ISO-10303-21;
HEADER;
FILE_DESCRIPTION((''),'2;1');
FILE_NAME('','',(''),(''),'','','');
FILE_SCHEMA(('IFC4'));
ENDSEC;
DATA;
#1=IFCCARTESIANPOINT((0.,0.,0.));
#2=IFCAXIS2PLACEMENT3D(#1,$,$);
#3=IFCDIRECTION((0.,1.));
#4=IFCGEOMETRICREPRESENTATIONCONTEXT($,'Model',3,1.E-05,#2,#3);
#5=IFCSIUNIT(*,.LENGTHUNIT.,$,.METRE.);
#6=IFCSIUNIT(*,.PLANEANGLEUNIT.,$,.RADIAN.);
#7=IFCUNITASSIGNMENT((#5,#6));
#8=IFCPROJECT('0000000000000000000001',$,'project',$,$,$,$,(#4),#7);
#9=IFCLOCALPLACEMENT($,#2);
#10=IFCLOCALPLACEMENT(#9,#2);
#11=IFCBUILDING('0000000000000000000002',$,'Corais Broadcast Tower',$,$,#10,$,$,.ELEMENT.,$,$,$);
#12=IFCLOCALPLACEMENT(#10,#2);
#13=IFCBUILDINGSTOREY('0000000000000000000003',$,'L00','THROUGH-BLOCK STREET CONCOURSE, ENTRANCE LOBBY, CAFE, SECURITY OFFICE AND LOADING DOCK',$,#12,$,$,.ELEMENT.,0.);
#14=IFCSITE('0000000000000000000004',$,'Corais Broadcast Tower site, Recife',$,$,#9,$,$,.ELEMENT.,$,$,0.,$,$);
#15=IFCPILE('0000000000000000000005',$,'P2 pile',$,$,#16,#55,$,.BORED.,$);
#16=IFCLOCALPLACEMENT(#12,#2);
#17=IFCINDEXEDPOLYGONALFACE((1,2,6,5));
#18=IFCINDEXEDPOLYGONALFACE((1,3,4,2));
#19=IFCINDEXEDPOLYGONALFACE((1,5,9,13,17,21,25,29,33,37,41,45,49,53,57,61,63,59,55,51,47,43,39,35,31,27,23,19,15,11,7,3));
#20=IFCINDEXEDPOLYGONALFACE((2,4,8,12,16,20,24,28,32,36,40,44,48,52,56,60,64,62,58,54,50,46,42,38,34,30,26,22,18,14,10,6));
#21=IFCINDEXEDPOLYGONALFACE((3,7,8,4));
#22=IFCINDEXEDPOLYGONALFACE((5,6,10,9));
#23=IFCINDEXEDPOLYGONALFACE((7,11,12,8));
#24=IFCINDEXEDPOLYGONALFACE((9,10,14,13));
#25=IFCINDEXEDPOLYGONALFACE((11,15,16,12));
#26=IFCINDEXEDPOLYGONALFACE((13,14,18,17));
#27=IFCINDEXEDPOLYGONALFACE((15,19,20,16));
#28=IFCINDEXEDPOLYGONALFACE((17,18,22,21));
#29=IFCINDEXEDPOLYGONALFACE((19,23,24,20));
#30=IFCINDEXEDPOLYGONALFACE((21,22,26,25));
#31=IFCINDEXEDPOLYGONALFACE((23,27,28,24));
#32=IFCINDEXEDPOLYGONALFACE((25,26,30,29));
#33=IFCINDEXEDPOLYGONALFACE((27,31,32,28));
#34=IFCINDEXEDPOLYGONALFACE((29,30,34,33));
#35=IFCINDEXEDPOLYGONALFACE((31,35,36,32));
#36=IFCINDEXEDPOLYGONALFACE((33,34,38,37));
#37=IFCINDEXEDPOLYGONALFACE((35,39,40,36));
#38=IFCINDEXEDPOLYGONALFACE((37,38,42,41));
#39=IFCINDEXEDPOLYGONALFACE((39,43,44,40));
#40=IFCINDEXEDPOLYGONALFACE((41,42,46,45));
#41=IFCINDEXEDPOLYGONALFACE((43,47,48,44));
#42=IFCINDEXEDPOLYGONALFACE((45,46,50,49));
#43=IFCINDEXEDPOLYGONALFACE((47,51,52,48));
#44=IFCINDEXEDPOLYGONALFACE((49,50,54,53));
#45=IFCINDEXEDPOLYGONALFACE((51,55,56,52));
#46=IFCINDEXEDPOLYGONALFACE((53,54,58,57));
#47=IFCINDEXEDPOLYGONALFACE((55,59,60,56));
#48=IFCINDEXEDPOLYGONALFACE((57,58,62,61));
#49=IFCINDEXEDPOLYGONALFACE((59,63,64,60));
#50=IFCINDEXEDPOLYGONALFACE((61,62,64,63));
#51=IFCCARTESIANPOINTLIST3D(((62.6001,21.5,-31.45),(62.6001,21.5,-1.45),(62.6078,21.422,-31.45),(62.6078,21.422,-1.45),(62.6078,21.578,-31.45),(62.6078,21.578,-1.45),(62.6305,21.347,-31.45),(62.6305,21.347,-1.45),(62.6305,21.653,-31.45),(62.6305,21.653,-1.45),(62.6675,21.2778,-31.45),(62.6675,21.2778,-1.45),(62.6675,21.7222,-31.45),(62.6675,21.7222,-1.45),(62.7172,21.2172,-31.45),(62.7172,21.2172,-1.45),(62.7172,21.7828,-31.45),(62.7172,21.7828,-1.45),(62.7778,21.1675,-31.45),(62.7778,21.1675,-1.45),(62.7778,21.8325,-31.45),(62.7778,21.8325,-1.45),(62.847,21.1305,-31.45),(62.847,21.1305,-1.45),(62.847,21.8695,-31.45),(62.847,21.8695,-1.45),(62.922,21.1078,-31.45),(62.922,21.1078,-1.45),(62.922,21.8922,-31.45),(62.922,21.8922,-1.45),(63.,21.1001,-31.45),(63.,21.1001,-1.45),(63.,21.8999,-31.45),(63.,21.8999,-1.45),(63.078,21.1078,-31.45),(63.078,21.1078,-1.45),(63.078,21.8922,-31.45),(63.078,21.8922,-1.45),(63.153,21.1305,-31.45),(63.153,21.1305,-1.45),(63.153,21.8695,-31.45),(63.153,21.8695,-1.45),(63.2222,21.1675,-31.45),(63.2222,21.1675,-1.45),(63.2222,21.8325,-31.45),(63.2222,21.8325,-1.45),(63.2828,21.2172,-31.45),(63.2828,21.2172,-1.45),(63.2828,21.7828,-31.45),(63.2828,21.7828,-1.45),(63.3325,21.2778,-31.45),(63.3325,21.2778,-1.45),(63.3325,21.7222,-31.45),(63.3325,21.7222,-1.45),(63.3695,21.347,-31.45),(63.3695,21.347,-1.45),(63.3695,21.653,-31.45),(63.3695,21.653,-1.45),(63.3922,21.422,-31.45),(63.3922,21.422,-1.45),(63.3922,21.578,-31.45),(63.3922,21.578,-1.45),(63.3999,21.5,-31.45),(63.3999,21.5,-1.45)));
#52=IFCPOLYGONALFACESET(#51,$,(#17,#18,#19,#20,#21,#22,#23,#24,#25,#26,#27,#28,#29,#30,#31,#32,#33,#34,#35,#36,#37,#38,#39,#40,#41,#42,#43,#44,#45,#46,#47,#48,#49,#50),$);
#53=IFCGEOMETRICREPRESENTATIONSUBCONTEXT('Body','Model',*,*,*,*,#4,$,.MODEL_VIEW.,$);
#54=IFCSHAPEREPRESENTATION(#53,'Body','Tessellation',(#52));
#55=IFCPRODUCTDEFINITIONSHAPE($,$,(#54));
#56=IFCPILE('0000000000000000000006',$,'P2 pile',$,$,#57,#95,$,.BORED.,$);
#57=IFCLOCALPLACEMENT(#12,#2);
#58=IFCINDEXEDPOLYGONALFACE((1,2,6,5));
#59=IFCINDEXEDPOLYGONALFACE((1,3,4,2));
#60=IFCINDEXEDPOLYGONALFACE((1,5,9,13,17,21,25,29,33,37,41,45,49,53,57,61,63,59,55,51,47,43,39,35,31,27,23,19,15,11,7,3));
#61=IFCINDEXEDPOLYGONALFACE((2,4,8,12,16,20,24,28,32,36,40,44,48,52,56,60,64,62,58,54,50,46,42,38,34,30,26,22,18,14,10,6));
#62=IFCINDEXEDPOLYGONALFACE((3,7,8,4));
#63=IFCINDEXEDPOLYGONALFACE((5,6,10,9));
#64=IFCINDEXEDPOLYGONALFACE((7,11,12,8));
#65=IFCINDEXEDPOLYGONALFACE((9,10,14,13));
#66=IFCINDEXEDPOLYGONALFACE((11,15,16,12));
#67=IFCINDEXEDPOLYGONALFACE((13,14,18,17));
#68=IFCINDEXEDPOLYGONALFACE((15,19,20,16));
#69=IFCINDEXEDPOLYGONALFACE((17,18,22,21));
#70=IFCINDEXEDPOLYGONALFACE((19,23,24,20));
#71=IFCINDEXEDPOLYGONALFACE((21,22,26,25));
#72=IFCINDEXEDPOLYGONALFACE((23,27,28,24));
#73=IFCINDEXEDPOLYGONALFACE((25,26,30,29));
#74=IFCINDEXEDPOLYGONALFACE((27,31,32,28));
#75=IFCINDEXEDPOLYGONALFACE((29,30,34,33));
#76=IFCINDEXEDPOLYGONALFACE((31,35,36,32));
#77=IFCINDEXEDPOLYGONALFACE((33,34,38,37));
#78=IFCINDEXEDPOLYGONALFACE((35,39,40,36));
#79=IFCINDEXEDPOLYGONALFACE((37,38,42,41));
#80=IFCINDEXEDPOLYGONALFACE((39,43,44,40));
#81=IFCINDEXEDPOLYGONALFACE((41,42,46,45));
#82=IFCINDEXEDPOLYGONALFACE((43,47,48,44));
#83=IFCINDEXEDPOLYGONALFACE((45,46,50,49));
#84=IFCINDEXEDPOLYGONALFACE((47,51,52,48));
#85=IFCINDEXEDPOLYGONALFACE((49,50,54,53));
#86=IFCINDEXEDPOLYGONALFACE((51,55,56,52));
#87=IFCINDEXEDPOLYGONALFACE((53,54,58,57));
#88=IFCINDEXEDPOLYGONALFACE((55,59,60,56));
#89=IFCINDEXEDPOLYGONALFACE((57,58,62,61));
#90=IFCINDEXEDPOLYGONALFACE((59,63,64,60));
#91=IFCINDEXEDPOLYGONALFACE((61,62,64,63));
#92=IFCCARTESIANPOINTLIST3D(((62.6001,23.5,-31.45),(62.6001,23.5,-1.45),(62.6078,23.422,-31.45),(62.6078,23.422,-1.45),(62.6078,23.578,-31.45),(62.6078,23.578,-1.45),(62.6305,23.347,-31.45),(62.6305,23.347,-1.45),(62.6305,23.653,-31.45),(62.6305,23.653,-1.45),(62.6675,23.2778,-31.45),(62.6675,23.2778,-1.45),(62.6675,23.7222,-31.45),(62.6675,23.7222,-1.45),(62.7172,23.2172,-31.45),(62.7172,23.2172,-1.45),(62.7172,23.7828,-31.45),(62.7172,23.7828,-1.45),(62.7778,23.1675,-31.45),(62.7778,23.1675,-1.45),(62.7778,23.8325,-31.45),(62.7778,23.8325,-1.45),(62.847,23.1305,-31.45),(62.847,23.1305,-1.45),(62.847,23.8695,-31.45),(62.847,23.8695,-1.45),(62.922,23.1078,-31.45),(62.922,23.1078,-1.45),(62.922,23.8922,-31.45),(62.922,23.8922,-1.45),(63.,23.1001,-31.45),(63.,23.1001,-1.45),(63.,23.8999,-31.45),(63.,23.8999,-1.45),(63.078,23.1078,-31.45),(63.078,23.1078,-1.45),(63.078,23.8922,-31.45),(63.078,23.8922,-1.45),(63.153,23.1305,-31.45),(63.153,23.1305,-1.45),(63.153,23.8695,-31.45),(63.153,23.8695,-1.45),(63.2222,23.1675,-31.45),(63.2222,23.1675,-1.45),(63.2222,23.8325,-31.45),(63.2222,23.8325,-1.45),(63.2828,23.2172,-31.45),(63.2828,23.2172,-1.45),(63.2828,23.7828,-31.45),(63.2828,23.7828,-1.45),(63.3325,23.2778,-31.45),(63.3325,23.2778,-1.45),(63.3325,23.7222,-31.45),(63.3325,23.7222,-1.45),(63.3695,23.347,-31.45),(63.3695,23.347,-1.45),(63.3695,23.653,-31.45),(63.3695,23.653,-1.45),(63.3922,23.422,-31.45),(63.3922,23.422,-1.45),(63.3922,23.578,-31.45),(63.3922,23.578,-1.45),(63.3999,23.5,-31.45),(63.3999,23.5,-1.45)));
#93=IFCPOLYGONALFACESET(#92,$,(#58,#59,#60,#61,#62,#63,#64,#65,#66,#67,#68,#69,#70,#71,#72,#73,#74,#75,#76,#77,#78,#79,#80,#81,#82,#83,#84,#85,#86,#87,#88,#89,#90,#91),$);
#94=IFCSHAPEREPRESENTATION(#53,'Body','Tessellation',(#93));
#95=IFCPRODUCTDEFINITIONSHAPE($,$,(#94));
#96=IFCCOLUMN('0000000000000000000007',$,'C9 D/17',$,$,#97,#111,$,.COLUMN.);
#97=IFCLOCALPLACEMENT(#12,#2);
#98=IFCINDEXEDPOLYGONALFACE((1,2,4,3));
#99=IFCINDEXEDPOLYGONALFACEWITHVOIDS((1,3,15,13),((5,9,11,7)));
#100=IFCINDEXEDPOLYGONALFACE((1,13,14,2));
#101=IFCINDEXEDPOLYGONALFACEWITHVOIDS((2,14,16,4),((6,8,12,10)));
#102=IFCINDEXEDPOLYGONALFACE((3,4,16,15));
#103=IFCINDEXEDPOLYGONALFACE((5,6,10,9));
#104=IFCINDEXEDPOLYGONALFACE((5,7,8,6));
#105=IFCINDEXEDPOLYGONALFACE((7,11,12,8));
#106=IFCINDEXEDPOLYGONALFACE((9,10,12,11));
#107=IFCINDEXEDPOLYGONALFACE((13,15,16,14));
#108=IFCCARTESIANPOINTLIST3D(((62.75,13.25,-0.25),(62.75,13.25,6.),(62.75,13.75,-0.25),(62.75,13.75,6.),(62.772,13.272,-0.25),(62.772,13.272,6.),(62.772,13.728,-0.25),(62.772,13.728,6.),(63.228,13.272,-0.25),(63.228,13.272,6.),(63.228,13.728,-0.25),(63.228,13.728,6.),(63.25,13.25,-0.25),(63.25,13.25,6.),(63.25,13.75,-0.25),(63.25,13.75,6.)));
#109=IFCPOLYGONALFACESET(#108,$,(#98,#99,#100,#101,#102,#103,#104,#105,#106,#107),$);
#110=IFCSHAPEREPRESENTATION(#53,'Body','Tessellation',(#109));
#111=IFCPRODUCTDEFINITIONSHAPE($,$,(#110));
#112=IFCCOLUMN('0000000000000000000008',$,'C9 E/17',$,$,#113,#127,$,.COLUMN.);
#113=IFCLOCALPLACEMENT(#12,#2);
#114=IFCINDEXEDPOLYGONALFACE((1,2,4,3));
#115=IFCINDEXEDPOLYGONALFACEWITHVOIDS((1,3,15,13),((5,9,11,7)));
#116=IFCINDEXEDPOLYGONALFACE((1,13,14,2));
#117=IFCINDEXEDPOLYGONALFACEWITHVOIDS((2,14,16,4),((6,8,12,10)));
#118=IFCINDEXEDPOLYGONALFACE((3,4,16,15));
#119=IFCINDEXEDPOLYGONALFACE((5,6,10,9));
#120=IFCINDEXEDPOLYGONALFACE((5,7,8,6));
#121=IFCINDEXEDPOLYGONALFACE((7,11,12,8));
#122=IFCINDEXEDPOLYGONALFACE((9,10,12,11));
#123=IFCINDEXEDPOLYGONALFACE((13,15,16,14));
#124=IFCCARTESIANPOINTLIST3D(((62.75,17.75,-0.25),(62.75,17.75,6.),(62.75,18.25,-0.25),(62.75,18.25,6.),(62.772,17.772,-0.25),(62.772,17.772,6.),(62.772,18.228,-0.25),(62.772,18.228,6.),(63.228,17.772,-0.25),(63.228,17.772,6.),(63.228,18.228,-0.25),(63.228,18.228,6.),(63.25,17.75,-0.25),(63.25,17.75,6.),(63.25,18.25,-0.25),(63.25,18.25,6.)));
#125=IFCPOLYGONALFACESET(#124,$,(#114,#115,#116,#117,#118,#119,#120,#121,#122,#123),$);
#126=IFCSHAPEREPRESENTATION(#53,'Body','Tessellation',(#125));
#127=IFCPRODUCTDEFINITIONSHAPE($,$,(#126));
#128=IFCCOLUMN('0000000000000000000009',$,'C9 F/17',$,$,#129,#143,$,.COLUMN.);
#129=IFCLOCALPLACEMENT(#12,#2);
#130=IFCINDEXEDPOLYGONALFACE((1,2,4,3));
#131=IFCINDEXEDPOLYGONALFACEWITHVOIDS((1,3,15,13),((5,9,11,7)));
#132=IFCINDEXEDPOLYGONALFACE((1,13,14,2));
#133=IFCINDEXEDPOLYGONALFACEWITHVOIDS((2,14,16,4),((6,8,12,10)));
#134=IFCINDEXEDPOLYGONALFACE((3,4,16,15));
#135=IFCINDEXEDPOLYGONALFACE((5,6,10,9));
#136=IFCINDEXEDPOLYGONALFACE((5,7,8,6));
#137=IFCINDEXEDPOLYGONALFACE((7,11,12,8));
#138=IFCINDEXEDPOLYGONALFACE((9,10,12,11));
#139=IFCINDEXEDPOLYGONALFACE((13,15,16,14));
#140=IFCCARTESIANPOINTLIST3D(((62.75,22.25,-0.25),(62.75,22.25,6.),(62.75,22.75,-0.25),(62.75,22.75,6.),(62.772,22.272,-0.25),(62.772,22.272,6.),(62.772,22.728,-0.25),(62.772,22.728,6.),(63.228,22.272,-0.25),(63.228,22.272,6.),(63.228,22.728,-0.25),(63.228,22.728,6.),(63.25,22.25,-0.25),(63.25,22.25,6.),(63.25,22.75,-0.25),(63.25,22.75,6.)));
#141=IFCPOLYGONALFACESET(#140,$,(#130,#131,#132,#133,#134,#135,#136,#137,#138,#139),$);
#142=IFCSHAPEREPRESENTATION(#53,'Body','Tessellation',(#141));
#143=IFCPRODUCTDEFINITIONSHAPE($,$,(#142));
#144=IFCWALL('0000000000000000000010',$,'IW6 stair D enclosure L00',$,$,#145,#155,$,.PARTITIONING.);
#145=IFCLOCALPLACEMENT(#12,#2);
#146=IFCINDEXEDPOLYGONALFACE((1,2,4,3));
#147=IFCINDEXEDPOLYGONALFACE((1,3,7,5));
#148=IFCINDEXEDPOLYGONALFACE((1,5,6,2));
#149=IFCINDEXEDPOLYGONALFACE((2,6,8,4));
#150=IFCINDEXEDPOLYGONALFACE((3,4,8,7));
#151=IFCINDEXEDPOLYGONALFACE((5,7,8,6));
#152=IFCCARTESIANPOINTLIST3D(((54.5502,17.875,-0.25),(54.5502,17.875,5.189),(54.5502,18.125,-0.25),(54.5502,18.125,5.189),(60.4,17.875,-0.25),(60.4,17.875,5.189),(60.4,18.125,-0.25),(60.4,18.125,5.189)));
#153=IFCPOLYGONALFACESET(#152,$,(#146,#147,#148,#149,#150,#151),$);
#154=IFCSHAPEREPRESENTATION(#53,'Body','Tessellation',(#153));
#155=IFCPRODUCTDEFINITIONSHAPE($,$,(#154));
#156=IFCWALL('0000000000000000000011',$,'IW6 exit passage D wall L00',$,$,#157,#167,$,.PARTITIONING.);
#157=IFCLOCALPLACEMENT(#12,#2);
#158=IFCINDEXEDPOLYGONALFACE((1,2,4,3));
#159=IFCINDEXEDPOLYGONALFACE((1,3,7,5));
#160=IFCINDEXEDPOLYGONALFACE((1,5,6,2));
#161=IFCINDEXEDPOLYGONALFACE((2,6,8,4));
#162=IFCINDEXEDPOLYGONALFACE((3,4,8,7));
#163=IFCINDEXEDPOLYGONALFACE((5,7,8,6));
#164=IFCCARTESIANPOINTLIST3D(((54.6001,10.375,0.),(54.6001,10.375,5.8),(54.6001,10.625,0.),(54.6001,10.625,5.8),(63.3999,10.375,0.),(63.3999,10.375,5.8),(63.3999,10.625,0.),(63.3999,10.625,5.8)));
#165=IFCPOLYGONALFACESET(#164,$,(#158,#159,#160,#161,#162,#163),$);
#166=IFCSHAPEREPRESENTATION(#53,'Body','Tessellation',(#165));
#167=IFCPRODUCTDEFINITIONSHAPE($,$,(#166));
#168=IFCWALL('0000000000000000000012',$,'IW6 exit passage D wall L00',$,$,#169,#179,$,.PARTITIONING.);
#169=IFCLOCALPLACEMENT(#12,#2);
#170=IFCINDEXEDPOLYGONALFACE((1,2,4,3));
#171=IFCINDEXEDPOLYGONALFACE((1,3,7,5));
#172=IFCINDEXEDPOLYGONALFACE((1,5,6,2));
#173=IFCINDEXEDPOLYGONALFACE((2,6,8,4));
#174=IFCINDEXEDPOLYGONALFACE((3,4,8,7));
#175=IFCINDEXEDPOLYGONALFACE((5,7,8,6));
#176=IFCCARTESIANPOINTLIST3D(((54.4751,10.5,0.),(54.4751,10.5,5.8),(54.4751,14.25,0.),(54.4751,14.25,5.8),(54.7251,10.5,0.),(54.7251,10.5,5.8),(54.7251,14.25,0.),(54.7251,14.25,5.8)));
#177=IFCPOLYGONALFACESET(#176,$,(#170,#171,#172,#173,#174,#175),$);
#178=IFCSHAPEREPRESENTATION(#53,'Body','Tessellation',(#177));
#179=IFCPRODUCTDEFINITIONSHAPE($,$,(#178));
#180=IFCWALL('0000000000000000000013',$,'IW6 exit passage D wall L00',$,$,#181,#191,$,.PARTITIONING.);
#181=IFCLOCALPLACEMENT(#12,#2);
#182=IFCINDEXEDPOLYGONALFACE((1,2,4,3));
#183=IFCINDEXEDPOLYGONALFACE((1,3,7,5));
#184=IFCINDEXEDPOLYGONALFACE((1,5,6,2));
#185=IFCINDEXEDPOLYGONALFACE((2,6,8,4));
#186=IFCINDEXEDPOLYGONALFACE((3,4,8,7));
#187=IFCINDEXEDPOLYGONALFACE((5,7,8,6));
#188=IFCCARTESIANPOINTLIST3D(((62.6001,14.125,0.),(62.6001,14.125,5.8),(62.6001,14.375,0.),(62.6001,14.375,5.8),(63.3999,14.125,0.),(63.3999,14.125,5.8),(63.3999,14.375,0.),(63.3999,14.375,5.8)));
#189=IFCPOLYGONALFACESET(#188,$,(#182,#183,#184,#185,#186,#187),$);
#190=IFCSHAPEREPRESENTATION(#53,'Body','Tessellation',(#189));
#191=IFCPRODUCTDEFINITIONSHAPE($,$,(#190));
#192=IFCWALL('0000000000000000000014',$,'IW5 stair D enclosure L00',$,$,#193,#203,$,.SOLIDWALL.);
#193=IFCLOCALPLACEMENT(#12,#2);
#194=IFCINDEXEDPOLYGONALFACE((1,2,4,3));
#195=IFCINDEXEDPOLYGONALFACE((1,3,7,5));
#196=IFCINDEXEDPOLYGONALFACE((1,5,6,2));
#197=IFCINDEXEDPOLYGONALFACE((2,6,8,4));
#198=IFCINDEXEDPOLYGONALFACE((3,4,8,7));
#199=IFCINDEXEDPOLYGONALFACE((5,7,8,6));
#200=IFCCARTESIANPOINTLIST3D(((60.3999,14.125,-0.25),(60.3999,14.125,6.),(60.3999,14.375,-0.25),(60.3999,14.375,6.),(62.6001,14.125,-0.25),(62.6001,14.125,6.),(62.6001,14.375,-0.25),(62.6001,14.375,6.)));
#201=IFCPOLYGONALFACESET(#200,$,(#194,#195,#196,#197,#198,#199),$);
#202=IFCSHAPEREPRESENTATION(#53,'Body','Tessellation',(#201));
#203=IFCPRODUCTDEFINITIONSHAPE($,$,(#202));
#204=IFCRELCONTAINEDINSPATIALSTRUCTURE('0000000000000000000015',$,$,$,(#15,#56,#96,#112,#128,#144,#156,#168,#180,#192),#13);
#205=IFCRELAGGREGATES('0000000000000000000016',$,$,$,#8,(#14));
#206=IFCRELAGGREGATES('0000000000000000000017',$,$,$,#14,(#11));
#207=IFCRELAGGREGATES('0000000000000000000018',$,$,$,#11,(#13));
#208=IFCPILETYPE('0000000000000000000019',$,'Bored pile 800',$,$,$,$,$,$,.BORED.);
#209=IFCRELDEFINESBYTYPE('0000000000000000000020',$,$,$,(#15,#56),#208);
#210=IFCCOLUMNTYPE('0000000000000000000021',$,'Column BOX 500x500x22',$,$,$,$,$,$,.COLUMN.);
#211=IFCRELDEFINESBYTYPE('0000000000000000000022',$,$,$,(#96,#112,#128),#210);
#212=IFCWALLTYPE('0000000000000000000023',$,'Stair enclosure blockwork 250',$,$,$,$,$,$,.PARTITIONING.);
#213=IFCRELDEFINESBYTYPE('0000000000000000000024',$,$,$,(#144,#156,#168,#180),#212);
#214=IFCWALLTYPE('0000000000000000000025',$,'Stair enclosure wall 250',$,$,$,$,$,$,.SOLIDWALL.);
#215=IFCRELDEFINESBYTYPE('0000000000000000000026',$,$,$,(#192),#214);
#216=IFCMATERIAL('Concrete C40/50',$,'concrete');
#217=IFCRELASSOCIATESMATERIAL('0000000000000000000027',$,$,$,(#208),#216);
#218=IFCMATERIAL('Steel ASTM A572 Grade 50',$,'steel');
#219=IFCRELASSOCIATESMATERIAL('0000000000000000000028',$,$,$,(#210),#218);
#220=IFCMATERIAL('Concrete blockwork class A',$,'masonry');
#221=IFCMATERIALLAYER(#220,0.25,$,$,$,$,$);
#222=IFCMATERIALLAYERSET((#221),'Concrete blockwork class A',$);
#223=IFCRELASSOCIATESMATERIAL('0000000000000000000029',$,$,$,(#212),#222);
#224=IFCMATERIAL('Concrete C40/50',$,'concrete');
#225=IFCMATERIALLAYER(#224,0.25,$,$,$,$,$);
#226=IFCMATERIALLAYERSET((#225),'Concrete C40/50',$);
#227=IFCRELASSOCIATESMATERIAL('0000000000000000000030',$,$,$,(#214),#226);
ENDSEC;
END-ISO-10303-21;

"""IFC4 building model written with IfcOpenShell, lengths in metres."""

from ifc_helpers import new_model, si_unit, direction, frame, frame_2d, origin, origin_2d, place, context, subcontext, project, spatial, rectangle, hollow_rectangle, circle, extrude, material, layer, layer_set, material_profile, profile_set, type_object, element, save


model = new_model("IFC4")

# Units and contexts
model_context = context("Model", 3, precision=1e-05, world=origin(), true_north=direction((0.0, 1.0)))
body_context = subcontext(model_context, "Body", "Model", "MODEL_VIEW")
ifc_project = project(units=[si_unit("LENGTHUNIT", "METRE"), si_unit("PLANEANGLEUNIT", "RADIAN")], contexts=[model_context])

# Site, building, storey
site_placement = place(None, origin())
site = spatial("IfcSite", under=ifc_project, at=site_placement, Name="Corais Broadcast Tower site, Recife", CompositionType="ELEMENT", RefElevation=0.0)
building_placement = place(site_placement, origin())
building = spatial("IfcBuilding", under=site, at=building_placement, Name="Corais Broadcast Tower", CompositionType="ELEMENT")
storey_placement = place(building_placement, origin())
storey = spatial("IfcBuildingStorey", under=building, at=storey_placement, Name="L00", Description="THROUGH-BLOCK STREET CONCOURSE, ENTRANCE LOBBY, CAFE, SECURITY OFFICE AND LOADING DOCK", CompositionType="ELEMENT", Elevation=0.0)

# Piles
ifc_material_1 = material(Name="Concrete C40/50", Category="concrete")
pile_type = type_object("IfcPileType", Name="Bored pile 800", PredefinedType="BORED", material=ifc_material_1)
for number, where, z_axis, x_axis, name in (
    (1, (63.0, 21.5, -1.45), (0.0, 0.0, -1.0), (1.0, 0.0, 0.0), "P2 pile"),
    (2, (63.0, 23.5, -1.45), (0.0, 0.0, -1.0), (1.0, 0.0, 0.0), "P2 pile"),
):
    element("IfcPile", number, at=place(storey_placement, frame(where, z_axis=z_axis, x_axis=x_axis)), inside=storey, type_object=pile_type, Name=name, PredefinedType="BORED", context=body_context, shape_type="SweptSolid", body=[
        extrude(circle(Radius=0.3999, at=origin_2d()), origin(), (0.0, 0.0, 1.0), 30.0),
    ])

# Columns
ifc_material_2 = material(Name="Steel ASTM A572 Grade 50", Category="steel")
ifc_material_profile = material_profile(ifc_material_2, hollow_rectangle(XDim=0.5, YDim=0.5, WallThickness=0.022, at=origin_2d()), Name="BOX 500x500x22")
ifc_profile_set = profile_set([ifc_material_profile], Name="Steel ASTM A572 Grade 50")
column_type = type_object("IfcColumnType", Name="Column BOX 500x500x22", PredefinedType="COLUMN", material=ifc_profile_set)
for number, where, z_axis, x_axis, name in (
    (3, (63.0, 13.5, -0.25), (0.0, 0.0, 1.0), (1.0, 0.0, 0.0), "C9 D/17"),
    (4, (63.0, 18.0, -0.25), (0.0, 0.0, 1.0), (1.0, 0.0, 0.0), "C9 E/17"),
    (5, (63.0, 22.5, -0.25), (0.0, 0.0, 1.0), (1.0, 0.0, 0.0), "C9 F/17"),
):
    element("IfcColumn", number, at=place(storey_placement, frame(where, z_axis=z_axis, x_axis=x_axis)), inside=storey, type_object=column_type, Name=name, PredefinedType="COLUMN", context=body_context, shape_type="SweptSolid", body=[
        extrude(hollow_rectangle(XDim=0.5, YDim=0.5, WallThickness=0.022, at=origin_2d()), origin(), (0.0, 0.0, 1.0), 6.25),
    ])

# Walls
ifc_material_3 = material(Name="Concrete blockwork class A", Category="masonry")
ifc_layer_1 = layer(ifc_material_3, 0.25)
ifc_layer_set_1 = layer_set([ifc_layer_1], Name="Concrete blockwork class A")
wall_type_1 = type_object("IfcWallType", Name="Stair enclosure blockwork 250", PredefinedType="PARTITIONING", material=ifc_layer_set_1)
wall_1_placement = place(storey_placement, frame((60.3999, 18.0, -0.25), z_axis=(0.0, 0.0, 1.0), x_axis=(-1.0, 0.0, 0.0)))
element("IfcWall", 6, at=wall_1_placement, inside=storey, type_object=wall_type_1, Name="IW6 stair D enclosure L00", PredefinedType="PARTITIONING", context=body_context, shape_type="SweptSolid", body=[
    extrude(rectangle(XDim=5.8499, YDim=0.25, at=frame_2d((2.9248, 0.0))), origin(), (0.0, 0.0, 1.0), 5.439),
])
wall_2_placement = place(storey_placement, frame((54.6001, 10.5, 0.0), z_axis=(0.0, 0.0, 1.0), x_axis=(1.0, 0.0, 0.0)))
element("IfcWall", 7, at=wall_2_placement, inside=storey, type_object=wall_type_1, Name="IW6 exit passage D wall L00", PredefinedType="PARTITIONING", context=body_context, shape_type="SweptSolid", body=[
    extrude(rectangle(XDim=8.7998, YDim=0.25, at=frame_2d((4.3999, 0.0))), origin(), (0.0, 0.0, 1.0), 5.8),
])
wall_3_placement = place(storey_placement, frame((54.6001, 10.5, 0.0), z_axis=(0.0, 0.0, 1.0), x_axis=(0.0, 1.0, 0.0)))
element("IfcWall", 8, at=wall_3_placement, inside=storey, type_object=wall_type_1, Name="IW6 exit passage D wall L00", PredefinedType="PARTITIONING", context=body_context, shape_type="SweptSolid", body=[
    extrude(rectangle(XDim=3.75, YDim=0.25, at=frame_2d((1.875, 0.0))), origin(), (0.0, 0.0, 1.0), 5.8),
])
wall_4_placement = place(storey_placement, frame((62.6001, 14.25, 0.0), z_axis=(0.0, 0.0, 1.0), x_axis=(1.0, 0.0, 0.0)))
element("IfcWall", 9, at=wall_4_placement, inside=storey, type_object=wall_type_1, Name="IW6 exit passage D wall L00", PredefinedType="PARTITIONING", context=body_context, shape_type="SweptSolid", body=[
    extrude(rectangle(XDim=0.7998, YDim=0.25, at=frame_2d((0.3999, 0.0))), origin(), (0.0, 0.0, 1.0), 5.8),
])
ifc_material_4 = material(Name="Concrete C40/50", Category="concrete")
ifc_layer_2 = layer(ifc_material_4, 0.25)
ifc_layer_set_2 = layer_set([ifc_layer_2], Name="Concrete C40/50")
wall_type_2 = type_object("IfcWallType", Name="Stair enclosure wall 250", PredefinedType="SOLIDWALL", material=ifc_layer_set_2)
wall_5_placement = place(storey_placement, frame((60.3999, 14.25, -0.25), z_axis=(0.0, 0.0, 1.0), x_axis=(1.0, 0.0, 0.0)))
element("IfcWall", 10, at=wall_5_placement, inside=storey, type_object=wall_type_2, Name="IW5 stair D enclosure L00", PredefinedType="SOLIDWALL", context=body_context, shape_type="SweptSolid", body=[
    extrude(rectangle(XDim=2.2002, YDim=0.25, at=frame_2d((1.1001, 0.0))), origin(), (0.0, 0.0, 1.0), 6.25),
])

save(model, "model.ifc")
